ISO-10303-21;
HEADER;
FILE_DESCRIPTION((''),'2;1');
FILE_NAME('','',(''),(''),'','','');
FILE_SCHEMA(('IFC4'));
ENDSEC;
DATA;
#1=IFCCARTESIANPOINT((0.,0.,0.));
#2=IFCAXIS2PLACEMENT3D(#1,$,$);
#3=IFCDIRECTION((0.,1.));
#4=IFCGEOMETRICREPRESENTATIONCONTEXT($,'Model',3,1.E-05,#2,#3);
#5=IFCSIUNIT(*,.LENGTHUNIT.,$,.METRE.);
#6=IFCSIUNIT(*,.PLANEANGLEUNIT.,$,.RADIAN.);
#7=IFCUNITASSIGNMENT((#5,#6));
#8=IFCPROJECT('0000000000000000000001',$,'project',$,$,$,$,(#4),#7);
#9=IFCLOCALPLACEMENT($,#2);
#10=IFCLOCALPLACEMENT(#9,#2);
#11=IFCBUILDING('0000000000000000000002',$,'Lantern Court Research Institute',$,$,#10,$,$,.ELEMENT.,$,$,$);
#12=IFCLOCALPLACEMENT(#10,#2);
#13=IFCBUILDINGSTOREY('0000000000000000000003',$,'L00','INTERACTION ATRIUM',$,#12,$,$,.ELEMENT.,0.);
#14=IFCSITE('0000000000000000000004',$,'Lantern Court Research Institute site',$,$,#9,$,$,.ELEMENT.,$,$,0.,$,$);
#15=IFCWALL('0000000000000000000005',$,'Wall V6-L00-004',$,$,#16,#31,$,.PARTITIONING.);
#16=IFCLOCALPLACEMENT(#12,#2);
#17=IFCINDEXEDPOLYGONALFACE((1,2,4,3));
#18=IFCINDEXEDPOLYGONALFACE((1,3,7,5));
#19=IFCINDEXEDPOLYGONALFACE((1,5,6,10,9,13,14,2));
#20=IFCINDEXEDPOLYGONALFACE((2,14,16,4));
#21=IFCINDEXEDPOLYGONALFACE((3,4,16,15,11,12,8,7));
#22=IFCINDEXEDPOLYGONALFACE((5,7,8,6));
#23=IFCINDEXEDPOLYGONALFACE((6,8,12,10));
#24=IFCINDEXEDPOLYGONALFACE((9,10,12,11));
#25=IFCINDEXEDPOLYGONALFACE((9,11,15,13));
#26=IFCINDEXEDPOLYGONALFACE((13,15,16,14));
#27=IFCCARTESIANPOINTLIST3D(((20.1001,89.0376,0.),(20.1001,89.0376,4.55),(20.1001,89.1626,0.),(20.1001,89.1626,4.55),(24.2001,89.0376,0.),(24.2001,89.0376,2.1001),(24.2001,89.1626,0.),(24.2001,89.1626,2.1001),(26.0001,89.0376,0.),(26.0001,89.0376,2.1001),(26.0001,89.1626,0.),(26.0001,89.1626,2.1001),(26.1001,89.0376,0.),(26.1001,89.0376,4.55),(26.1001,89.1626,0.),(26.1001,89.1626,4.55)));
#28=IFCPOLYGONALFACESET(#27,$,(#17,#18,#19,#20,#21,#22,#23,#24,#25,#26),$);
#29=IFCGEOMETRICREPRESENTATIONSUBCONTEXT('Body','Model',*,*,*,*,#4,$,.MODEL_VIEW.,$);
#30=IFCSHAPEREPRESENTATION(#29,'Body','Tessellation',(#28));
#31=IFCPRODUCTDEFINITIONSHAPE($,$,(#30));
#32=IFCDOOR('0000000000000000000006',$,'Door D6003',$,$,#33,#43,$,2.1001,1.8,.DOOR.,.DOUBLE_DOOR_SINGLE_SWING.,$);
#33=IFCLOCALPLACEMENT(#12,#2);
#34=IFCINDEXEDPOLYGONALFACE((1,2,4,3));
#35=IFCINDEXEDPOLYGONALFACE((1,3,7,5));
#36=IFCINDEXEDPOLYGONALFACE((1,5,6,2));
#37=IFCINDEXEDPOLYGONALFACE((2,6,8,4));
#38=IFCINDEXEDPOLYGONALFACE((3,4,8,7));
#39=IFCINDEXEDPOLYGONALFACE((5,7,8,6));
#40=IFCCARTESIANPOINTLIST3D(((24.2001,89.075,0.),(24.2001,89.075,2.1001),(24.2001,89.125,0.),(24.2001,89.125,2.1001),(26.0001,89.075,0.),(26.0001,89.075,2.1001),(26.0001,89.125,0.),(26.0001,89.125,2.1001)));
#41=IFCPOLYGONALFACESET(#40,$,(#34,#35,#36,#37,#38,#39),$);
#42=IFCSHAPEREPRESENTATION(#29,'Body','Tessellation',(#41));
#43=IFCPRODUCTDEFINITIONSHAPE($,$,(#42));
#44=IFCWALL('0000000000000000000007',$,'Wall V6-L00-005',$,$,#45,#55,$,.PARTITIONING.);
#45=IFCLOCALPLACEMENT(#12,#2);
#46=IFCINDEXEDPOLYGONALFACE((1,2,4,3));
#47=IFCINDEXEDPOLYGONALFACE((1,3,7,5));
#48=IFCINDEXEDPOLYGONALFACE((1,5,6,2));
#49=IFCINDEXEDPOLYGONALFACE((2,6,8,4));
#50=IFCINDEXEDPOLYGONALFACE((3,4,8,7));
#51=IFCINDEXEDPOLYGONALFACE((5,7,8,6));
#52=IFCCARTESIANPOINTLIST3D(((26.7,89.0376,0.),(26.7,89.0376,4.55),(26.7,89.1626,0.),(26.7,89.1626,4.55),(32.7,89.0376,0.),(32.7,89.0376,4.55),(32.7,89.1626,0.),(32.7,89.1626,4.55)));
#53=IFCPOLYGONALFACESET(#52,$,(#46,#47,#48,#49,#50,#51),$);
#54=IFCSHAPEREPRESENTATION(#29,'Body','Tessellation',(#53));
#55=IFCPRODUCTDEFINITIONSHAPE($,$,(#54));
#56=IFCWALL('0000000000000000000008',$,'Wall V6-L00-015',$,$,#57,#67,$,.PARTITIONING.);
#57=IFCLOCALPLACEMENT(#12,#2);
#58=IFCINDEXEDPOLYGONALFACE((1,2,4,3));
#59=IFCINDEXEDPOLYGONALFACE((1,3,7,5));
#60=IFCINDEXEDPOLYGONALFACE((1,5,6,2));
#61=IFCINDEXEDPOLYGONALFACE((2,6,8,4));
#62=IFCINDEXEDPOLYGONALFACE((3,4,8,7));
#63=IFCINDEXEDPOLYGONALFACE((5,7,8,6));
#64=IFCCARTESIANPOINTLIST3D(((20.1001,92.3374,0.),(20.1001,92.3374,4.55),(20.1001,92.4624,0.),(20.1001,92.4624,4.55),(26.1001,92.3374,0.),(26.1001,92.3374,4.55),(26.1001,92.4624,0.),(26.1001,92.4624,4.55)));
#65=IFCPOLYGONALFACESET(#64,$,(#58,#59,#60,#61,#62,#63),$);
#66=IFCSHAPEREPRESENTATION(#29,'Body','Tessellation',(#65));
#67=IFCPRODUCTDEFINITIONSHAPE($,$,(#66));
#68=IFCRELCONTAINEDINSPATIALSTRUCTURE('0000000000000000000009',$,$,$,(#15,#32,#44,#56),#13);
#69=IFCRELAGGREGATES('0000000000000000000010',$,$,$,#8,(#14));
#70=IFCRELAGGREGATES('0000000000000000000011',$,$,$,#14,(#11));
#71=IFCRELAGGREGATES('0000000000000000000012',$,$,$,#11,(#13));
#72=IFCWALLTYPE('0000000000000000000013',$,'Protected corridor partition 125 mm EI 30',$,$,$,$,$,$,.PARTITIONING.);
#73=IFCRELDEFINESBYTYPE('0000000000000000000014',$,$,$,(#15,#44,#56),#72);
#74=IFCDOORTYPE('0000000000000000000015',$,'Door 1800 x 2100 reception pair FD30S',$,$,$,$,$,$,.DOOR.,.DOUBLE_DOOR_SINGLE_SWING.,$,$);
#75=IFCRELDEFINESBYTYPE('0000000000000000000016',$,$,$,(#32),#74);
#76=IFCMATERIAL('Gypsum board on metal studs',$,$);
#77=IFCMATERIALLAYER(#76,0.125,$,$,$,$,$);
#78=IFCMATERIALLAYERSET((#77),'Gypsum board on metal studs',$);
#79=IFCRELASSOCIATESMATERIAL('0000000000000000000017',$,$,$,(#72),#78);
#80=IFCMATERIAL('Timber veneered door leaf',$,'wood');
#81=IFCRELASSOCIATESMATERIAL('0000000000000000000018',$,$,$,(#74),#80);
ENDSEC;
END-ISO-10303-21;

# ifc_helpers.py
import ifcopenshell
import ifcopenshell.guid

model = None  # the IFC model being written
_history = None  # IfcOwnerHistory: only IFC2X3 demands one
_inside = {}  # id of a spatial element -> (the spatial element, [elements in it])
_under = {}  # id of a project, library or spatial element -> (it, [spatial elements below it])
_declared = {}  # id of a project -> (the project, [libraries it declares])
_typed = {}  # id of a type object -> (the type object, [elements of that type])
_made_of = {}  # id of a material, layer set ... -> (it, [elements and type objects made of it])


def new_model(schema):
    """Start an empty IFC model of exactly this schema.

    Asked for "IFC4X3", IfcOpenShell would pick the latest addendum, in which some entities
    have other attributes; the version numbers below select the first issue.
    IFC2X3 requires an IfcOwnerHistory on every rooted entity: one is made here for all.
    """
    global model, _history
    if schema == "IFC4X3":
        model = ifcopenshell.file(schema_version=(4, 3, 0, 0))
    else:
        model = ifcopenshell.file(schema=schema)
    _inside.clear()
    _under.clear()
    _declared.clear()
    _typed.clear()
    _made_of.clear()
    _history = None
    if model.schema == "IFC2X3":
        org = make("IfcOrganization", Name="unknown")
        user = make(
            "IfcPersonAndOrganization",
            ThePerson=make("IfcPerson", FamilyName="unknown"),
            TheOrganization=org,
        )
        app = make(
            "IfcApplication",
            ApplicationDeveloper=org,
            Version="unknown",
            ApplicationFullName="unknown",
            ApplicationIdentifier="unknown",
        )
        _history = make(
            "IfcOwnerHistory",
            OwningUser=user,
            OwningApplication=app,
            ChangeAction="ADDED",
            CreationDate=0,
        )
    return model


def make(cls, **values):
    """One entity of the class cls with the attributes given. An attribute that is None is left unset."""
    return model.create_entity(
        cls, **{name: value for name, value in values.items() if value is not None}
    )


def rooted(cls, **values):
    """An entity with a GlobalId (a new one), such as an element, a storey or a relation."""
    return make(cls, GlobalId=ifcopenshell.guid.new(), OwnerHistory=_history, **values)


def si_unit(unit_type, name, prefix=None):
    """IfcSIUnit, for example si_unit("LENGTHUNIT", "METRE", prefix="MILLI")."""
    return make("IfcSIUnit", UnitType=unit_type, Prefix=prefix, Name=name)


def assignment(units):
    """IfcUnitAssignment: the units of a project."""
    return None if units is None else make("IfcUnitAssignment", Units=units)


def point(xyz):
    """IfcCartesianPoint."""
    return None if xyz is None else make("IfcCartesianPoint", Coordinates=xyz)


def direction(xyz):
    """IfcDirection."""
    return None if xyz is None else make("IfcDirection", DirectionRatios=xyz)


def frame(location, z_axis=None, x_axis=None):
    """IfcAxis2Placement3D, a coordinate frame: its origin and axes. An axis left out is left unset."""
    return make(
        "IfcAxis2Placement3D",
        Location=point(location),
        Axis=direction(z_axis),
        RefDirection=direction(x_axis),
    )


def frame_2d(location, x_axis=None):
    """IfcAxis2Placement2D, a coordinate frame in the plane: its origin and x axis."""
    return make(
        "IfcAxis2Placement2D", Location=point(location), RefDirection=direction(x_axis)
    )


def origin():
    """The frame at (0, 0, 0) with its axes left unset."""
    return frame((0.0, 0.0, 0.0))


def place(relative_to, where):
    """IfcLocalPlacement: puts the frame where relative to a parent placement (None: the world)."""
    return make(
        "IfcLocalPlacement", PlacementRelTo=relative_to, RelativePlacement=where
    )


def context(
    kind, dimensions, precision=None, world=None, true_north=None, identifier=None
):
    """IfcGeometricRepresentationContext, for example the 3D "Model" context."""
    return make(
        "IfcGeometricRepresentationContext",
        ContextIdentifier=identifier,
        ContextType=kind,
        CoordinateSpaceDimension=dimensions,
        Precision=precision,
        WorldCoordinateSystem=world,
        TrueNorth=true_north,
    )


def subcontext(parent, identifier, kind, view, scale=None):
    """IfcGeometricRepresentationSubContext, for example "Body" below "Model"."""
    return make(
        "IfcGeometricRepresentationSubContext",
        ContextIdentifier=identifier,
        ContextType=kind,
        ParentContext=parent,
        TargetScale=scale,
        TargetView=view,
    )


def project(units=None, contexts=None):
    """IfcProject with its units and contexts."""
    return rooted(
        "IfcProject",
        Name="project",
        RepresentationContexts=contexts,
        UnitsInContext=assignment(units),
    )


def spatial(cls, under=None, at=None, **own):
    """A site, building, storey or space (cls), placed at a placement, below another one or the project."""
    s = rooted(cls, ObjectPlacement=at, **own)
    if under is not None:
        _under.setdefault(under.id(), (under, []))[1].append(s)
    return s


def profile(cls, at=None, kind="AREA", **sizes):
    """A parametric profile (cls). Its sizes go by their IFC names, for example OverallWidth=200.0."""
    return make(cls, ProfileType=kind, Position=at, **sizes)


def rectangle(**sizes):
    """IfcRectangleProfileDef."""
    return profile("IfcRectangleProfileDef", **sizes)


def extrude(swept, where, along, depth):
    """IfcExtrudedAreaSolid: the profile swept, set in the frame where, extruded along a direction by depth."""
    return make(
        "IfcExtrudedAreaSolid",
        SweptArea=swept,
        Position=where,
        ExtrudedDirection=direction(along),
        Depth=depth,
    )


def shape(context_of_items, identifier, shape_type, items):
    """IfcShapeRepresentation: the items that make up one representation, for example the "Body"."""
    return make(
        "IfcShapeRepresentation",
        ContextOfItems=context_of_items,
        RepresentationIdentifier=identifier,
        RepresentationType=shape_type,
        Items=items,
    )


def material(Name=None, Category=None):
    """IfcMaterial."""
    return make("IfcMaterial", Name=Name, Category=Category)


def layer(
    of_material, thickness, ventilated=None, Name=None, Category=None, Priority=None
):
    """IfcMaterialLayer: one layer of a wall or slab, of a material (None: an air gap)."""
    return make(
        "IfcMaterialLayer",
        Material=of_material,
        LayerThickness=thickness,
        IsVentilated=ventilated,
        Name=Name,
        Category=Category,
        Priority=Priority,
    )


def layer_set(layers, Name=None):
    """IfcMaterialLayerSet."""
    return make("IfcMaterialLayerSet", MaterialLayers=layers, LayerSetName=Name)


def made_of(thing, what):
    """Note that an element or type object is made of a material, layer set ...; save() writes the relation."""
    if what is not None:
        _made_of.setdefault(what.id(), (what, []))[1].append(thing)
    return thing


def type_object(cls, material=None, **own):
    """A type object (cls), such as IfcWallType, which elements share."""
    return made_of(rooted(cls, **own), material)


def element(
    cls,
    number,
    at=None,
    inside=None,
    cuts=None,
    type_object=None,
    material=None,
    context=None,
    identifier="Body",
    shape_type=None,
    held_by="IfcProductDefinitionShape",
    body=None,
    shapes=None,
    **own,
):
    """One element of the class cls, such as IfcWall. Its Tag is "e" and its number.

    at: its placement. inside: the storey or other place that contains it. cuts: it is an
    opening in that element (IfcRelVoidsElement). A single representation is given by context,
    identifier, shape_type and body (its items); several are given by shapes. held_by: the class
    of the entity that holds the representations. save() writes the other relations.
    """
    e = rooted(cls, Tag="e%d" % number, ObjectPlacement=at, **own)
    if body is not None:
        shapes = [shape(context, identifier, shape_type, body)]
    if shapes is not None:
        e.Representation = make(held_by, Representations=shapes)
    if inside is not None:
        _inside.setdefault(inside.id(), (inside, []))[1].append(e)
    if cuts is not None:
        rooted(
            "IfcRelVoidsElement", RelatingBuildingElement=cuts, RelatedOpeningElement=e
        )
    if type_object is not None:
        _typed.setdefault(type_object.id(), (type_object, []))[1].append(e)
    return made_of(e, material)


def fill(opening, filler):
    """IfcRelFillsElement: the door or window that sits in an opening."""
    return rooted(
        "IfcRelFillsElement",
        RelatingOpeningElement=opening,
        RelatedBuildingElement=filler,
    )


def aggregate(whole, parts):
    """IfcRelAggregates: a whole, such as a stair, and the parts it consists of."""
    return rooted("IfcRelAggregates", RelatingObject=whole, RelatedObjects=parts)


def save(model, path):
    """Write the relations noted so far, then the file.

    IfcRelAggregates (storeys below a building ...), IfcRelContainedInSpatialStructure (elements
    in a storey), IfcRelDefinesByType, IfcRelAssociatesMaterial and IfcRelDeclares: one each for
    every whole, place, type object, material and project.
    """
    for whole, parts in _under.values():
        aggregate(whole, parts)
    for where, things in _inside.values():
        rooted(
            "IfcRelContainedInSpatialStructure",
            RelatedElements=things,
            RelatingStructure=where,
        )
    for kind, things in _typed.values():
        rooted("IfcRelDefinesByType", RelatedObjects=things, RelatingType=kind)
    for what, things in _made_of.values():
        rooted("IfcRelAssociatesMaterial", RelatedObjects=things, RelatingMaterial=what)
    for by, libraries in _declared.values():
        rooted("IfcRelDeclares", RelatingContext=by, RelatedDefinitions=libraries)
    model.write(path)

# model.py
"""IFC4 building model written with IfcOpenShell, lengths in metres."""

from ifc_helpers import new_model, si_unit, direction, frame, frame_2d, origin, place, context, subcontext, project, spatial, rectangle, extrude, material, layer, layer_set, type_object, element, fill, save


model = new_model("IFC4")

# Units and contexts
model_context = context("Model", 3, precision=1e-05, world=origin(), true_north=direction((0.0, 1.0)))
body_context = subcontext(model_context, "Body", "Model", "MODEL_VIEW")
ifc_project = project(units=[si_unit("LENGTHUNIT", "METRE"), si_unit("PLANEANGLEUNIT", "RADIAN")], contexts=[model_context])

# Site, building, storey
site_placement = place(None, origin())
site = spatial("IfcSite", under=ifc_project, at=site_placement, Name="Lantern Court Research Institute site", CompositionType="ELEMENT", RefElevation=0.0)
building_placement = place(site_placement, origin())
building = spatial("IfcBuilding", under=site, at=building_placement, Name="Lantern Court Research Institute", CompositionType="ELEMENT")
storey_placement = place(building_placement, origin())
storey = spatial("IfcBuildingStorey", under=building, at=storey_placement, Name="L00", Description="INTERACTION ATRIUM", CompositionType="ELEMENT", Elevation=0.0)

# Wall, opening, door
ifc_material_1 = material(Name="Gypsum board on metal studs")
ifc_layer_1 = layer(ifc_material_1, 0.125)
ifc_layer_set_1 = layer_set([ifc_layer_1], Name="Gypsum board on metal studs")
wall_type_1 = type_object("IfcWallType", Name="Protected corridor partition 125 mm EI 30", PredefinedType="PARTITIONING", material=ifc_layer_set_1)
wall_1_placement = place(storey_placement, frame((20.1001, 89.1001, 0.0), z_axis=(0.0, 0.0, 1.0), x_axis=(1.0, 0.0, 0.0)))
wall_1 = element("IfcWall", 1, at=wall_1_placement, inside=storey, type_object=wall_type_1, Name="Wall V6-L00-004", PredefinedType="PARTITIONING", context=body_context, shape_type="SweptSolid", body=[
    extrude(rectangle(XDim=6.0, YDim=0.125, at=frame_2d((3.0, 0.0))), origin(), (0.0, 0.0, 1.0), 4.55),
])
opening_placement = place(wall_1_placement, frame((4.1001, 0.0, 0.0)))
opening = element("IfcOpeningElement", 2, at=opening_placement, cuts=wall_1, PredefinedType="OPENING", context=body_context, shape_type="SweptSolid", body=[
    extrude(rectangle(XDim=1.8, YDim=2.1001, at=frame_2d((0.8999, 1.05))), frame((0.0, 0.0725, 0.0), z_axis=(0.0, -1.0, 0.0), x_axis=(1.0, 0.0, 0.0)), (0.0, 0.0, 1.0), 0.145),
])
ifc_material_2 = material(Name="Timber veneered door leaf", Category="wood")
door_type = type_object("IfcDoorType", Name="Door 1800 x 2100 reception pair FD30S", OperationType="DOUBLE_DOOR_SINGLE_SWING", PredefinedType="DOOR", material=ifc_material_2)
door_placement = place(opening_placement, origin())
door = element("IfcDoor", 3, at=door_placement, inside=storey, type_object=door_type, Name="Door D6003", OperationType="DOUBLE_DOOR_SINGLE_SWING", OverallHeight=2.1001, OverallWidth=1.8, PredefinedType="DOOR", context=body_context, shape_type="SweptSolid", body=[
    extrude(rectangle(XDim=1.8, YDim=2.1001, at=frame_2d((0.8999, 1.05))), frame((0.0, 0.0249, 0.0), z_axis=(0.0, -1.0, 0.0), x_axis=(1.0, 0.0, 0.0)), (0.0, 0.0, 1.0), 0.05),
])
fill(opening, door)

# Walls
for number, where, z_axis, x_axis, name in (
    (4, (26.7, 89.1001, 0.0), (0.0, 0.0, 1.0), (1.0, 0.0, 0.0), "Wall V6-L00-005"),
    (5, (20.1001, 92.3999, 0.0), (0.0, 0.0, 1.0), (1.0, 0.0, 0.0), "Wall V6-L00-015"),
):
    element("IfcWall", number, at=place(storey_placement, frame(where, z_axis=z_axis, x_axis=x_axis)), inside=storey, type_object=wall_type_1, Name=name, PredefinedType="PARTITIONING", context=body_context, shape_type="SweptSolid", body=[
        extrude(rectangle(XDim=6.0, YDim=0.125, at=frame_2d((3.0, 0.0))), origin(), (0.0, 0.0, 1.0), 4.55),
    ])

save(model, "model.ifc")
